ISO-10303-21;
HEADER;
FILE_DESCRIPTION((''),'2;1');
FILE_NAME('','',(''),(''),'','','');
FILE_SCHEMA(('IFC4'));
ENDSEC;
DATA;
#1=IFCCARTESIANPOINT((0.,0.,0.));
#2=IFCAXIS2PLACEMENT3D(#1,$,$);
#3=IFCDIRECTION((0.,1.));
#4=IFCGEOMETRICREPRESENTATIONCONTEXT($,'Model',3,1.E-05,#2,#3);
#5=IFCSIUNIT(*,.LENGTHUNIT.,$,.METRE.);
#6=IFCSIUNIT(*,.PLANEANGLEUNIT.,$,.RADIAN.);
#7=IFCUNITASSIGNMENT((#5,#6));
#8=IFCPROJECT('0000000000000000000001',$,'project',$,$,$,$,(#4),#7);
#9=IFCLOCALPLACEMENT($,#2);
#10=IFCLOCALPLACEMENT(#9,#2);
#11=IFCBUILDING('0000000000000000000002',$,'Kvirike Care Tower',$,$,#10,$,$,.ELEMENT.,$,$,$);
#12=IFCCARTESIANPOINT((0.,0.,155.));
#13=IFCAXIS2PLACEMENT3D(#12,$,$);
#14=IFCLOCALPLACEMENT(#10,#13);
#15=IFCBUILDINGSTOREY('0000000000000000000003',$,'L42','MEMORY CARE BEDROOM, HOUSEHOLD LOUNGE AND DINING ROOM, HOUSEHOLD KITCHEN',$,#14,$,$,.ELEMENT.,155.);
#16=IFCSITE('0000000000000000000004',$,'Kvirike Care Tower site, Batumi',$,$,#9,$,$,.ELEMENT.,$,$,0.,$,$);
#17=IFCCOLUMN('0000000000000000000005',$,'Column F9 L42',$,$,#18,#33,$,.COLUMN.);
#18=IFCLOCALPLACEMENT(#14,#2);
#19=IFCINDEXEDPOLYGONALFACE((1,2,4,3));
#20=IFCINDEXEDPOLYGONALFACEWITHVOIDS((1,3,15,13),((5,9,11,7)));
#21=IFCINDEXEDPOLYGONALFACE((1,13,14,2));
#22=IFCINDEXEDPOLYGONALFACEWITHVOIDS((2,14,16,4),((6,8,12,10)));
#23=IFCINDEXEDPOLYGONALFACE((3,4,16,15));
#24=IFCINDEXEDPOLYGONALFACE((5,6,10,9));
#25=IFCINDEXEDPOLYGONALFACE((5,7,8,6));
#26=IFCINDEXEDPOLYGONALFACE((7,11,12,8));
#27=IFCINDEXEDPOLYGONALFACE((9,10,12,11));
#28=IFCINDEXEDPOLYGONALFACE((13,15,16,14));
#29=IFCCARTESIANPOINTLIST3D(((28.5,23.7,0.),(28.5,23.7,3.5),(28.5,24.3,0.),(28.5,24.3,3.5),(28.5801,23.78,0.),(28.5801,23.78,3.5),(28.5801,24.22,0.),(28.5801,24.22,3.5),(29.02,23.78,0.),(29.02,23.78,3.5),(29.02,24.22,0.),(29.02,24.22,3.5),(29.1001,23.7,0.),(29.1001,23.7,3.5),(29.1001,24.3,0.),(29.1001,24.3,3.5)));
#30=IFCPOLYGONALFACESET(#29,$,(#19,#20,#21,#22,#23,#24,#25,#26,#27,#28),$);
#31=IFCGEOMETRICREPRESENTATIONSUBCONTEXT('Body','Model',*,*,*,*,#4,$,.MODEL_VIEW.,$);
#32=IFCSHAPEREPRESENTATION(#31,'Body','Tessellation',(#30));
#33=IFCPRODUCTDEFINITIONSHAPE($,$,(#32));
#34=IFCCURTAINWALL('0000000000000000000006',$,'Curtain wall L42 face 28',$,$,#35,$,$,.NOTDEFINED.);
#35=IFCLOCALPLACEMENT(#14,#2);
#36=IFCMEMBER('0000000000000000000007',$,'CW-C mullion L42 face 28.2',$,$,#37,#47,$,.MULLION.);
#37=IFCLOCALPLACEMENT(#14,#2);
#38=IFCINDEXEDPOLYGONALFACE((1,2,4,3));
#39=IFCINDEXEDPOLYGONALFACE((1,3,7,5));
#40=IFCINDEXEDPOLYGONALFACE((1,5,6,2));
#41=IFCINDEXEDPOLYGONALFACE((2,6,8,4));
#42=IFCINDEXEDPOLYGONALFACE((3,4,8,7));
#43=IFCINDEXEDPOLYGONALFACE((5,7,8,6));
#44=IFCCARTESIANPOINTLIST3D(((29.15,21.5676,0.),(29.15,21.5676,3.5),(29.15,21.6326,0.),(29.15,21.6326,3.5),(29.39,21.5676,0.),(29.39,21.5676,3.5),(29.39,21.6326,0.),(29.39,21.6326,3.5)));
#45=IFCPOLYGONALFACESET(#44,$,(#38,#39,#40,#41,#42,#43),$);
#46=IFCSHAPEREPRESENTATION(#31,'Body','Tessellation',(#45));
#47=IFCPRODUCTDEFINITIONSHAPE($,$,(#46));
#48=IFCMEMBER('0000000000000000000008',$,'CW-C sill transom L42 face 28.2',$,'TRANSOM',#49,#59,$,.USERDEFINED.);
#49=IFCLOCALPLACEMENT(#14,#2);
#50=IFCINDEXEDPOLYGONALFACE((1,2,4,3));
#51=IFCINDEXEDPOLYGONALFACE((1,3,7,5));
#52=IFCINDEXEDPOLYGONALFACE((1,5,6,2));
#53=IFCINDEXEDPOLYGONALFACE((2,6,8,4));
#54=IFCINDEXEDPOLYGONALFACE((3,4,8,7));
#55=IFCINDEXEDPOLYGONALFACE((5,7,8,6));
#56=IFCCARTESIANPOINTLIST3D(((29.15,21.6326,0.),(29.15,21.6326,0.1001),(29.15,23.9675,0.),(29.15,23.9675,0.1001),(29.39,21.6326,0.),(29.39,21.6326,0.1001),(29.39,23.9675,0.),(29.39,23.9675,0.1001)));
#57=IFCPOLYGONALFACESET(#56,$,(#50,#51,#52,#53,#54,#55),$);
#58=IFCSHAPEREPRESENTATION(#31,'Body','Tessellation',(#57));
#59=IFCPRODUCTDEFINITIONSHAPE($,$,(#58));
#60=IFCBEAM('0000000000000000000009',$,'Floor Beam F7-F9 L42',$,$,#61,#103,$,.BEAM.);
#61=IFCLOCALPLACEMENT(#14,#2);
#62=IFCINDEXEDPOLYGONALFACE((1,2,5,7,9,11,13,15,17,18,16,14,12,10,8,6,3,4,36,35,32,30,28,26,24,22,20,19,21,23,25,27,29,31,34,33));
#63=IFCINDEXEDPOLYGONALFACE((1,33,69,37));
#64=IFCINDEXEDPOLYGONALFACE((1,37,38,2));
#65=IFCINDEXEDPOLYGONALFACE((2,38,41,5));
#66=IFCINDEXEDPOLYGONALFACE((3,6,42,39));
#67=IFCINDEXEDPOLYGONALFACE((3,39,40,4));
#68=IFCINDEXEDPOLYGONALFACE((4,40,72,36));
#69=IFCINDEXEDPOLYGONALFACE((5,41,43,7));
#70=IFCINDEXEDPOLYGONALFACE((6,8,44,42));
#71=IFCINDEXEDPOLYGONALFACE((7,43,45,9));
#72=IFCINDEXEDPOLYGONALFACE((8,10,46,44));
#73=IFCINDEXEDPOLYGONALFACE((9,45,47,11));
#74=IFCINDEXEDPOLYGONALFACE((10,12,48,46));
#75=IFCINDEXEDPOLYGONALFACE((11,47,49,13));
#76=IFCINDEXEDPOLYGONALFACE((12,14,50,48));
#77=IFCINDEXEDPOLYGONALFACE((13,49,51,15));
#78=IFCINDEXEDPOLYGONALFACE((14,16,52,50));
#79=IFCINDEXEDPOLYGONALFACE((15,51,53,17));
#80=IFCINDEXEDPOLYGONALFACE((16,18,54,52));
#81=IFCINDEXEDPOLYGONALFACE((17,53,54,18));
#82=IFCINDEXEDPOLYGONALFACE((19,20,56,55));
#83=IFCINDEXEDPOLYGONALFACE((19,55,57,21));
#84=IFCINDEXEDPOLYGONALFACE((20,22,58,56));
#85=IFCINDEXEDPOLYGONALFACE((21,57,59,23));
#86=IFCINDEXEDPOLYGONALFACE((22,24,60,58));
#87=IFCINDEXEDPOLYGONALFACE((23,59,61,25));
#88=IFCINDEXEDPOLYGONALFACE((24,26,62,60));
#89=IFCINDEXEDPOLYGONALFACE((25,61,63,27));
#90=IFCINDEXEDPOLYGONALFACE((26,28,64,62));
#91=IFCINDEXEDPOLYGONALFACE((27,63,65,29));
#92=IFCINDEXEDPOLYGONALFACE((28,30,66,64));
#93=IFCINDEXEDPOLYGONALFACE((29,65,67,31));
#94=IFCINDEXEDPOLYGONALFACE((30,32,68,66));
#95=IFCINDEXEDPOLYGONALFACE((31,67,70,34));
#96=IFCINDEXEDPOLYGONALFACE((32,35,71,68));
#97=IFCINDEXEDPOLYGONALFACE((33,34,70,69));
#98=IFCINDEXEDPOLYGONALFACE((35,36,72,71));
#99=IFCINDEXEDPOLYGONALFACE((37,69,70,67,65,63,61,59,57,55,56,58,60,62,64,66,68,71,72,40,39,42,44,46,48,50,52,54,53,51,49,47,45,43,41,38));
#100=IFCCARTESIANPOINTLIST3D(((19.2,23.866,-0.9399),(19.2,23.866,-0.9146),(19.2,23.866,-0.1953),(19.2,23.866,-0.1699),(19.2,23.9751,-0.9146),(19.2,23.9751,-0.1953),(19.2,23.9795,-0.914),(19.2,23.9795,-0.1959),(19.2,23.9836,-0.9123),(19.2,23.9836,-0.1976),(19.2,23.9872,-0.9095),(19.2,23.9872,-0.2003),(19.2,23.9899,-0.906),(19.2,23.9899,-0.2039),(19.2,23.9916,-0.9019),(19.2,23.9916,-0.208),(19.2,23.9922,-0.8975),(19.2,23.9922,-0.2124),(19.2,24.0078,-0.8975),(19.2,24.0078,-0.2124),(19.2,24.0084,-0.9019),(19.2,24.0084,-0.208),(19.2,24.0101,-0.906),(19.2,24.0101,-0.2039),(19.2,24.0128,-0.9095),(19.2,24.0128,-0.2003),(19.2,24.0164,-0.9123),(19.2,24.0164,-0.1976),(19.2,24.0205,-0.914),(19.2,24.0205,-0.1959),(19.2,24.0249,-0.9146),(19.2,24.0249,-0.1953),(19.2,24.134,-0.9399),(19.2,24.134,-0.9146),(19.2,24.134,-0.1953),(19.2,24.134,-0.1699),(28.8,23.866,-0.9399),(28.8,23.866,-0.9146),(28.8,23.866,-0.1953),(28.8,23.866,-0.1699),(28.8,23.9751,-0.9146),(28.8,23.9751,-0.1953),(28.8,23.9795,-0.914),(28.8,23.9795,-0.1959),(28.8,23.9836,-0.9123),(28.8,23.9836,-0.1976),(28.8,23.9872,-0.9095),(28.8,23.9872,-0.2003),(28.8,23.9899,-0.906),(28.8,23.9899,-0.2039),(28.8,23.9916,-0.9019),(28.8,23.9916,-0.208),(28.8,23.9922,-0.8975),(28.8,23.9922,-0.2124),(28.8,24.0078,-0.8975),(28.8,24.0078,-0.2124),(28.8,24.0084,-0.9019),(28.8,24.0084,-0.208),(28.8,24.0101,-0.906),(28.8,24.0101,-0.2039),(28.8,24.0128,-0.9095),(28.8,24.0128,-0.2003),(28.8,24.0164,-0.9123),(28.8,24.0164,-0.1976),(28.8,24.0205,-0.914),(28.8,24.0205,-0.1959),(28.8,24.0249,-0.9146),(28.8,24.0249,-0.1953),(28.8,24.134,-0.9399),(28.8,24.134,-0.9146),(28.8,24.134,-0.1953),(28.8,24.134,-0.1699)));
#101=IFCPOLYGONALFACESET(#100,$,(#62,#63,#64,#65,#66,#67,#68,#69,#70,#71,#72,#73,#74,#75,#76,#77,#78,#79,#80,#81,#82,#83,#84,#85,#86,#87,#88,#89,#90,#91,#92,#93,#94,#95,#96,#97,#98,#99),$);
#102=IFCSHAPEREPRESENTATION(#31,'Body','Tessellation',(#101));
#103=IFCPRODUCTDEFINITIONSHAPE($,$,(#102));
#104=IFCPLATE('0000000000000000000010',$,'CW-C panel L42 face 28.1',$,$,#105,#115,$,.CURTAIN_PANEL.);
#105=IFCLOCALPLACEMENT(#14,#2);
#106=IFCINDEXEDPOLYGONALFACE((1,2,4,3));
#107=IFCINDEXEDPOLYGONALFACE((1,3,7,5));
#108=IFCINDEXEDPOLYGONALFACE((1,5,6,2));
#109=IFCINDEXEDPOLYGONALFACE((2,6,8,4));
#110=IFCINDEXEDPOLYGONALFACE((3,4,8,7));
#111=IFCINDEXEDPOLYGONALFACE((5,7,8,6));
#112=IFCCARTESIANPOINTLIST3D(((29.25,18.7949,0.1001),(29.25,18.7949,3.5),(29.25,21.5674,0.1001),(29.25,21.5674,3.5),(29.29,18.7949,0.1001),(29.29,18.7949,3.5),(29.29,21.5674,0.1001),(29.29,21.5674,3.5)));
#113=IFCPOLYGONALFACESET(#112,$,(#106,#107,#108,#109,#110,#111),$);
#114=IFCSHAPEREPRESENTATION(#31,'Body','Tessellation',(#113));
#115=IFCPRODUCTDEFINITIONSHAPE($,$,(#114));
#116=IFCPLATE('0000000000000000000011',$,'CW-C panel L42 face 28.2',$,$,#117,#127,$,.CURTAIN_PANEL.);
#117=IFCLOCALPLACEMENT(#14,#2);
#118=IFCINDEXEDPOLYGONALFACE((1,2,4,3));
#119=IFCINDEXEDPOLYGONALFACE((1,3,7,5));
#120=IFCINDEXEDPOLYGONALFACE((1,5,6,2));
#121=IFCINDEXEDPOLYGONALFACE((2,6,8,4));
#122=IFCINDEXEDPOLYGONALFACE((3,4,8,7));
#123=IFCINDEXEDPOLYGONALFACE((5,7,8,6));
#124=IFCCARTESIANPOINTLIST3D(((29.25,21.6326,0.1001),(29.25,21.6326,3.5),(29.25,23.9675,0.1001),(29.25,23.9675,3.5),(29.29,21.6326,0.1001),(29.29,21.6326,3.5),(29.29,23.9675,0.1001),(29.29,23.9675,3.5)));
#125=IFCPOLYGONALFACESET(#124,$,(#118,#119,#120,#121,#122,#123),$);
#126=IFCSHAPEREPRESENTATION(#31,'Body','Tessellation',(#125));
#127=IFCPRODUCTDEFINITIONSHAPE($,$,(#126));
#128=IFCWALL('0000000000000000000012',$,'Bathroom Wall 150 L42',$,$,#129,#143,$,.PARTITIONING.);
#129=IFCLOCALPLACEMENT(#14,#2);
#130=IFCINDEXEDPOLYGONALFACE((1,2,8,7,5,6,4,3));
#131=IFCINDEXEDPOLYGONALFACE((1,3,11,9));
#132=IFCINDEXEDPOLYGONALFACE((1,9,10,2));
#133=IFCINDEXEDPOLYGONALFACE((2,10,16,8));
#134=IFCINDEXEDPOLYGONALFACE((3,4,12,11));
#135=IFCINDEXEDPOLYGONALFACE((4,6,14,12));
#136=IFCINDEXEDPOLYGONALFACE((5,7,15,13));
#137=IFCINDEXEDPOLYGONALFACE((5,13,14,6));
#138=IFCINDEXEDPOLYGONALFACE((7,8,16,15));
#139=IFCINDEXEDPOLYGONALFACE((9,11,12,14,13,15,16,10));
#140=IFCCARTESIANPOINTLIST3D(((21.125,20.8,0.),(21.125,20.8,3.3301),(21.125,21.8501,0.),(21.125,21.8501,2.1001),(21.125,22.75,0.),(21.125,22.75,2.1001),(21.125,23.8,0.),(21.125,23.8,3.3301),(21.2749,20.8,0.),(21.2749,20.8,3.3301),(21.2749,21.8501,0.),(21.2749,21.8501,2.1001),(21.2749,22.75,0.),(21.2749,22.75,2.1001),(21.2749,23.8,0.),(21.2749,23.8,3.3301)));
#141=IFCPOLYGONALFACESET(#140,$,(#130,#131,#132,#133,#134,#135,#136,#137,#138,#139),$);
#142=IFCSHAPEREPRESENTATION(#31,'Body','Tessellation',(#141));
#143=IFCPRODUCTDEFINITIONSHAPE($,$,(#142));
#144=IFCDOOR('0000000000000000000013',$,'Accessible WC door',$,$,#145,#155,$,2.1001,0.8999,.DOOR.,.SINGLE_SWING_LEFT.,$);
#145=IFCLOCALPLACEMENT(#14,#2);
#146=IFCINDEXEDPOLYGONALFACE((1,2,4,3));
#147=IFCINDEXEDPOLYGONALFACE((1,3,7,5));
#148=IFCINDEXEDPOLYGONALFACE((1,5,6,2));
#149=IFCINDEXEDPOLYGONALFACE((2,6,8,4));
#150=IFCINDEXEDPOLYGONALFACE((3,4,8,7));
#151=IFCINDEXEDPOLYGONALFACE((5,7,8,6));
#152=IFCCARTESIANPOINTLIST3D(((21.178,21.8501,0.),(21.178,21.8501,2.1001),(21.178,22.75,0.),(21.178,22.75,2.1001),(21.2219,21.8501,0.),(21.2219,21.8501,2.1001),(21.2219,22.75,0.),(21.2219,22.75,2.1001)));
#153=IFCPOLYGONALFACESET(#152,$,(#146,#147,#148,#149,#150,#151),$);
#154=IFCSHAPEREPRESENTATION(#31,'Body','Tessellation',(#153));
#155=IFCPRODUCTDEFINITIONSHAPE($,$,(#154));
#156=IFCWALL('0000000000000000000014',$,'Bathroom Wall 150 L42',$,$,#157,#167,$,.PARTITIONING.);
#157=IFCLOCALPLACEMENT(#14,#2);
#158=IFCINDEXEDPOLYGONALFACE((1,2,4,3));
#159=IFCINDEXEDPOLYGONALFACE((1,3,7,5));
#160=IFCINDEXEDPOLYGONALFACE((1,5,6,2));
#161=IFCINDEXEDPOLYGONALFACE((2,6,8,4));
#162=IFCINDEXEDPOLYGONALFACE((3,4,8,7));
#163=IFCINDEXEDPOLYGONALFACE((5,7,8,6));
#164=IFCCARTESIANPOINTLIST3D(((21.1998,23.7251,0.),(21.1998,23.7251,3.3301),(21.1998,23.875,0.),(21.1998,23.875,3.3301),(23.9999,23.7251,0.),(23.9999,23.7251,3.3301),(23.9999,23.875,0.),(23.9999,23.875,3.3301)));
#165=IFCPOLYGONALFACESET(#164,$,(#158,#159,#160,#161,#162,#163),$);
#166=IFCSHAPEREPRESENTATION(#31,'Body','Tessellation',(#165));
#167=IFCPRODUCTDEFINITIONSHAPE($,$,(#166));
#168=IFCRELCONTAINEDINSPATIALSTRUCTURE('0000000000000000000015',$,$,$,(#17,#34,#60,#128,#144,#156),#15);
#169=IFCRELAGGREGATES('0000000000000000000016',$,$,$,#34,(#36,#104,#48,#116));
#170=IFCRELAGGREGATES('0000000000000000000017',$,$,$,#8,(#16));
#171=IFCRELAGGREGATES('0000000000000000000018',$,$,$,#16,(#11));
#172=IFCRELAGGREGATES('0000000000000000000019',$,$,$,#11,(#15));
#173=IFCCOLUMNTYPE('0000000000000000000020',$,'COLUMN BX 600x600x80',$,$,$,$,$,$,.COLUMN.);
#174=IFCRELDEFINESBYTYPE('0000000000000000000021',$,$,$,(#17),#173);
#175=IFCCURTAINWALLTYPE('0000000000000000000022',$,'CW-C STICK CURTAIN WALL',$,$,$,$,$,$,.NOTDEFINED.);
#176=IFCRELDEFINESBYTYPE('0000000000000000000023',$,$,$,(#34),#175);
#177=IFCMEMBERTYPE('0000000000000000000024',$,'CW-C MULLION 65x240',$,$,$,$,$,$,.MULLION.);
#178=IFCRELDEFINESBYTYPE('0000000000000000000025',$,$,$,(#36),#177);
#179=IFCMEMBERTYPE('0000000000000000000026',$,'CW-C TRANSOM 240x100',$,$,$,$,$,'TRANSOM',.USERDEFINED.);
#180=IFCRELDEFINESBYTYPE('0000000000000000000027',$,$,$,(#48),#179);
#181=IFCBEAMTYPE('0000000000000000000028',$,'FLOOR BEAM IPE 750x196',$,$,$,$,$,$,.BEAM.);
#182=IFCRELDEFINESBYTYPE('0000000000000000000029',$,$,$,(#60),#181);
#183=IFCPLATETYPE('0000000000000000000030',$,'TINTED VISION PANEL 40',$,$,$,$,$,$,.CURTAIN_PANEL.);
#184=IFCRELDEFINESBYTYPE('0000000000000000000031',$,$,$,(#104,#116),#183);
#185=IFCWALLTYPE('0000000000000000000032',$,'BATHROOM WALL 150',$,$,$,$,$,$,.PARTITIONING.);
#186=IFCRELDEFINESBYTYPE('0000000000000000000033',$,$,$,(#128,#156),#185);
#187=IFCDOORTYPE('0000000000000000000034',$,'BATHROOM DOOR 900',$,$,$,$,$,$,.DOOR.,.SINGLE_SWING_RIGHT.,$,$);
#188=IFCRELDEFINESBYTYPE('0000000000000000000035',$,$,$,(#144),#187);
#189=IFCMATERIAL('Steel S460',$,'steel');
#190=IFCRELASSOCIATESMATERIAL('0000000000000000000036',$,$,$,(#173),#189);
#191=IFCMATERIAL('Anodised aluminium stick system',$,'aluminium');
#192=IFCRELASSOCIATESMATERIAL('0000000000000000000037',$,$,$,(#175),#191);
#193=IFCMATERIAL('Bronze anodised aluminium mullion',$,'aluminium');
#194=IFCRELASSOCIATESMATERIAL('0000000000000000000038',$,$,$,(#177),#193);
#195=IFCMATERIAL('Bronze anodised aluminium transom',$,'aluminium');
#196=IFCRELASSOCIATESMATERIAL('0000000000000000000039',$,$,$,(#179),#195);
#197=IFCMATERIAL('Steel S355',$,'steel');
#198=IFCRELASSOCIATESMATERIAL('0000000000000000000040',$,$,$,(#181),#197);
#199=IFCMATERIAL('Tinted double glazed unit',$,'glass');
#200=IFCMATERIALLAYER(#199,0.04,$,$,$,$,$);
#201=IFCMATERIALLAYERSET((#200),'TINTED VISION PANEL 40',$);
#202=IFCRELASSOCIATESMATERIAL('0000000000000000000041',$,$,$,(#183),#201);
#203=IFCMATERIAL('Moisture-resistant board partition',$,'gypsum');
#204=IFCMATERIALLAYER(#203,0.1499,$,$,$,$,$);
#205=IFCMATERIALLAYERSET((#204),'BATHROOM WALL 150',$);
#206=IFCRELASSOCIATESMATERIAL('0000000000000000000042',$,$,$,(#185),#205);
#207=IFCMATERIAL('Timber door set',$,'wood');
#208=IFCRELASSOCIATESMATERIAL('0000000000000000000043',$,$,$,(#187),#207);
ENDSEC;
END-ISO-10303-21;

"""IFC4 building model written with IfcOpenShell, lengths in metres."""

from ifc_helpers import new_model, si_unit, direction, frame, frame_2d, origin, origin_2d, place, context, subcontext, project, spatial, rectangle, hollow_rectangle, i_section, extrude, material, layer, layer_set, material_profile, profile_set, type_object, element, fill, aggregate, save


model = new_model("IFC4")

# Units and contexts
model_context = context("Model", 3, precision=1e-05, world=origin(), true_north=direction((0.0, 1.0)))
body_context = subcontext(model_context, "Body", "Model", "MODEL_VIEW")
ifc_project = project(units=[si_unit("LENGTHUNIT", "METRE"), si_unit("PLANEANGLEUNIT", "RADIAN")], contexts=[model_context])

# Site, building, storey
site_placement = place(None, origin())
site = spatial("IfcSite", under=ifc_project, at=site_placement, Name="Kvirike Care Tower site, Batumi", CompositionType="ELEMENT", RefElevation=0.0)
building_placement = place(site_placement, origin())
building = spatial("IfcBuilding", under=site, at=building_placement, Name="Kvirike Care Tower", CompositionType="ELEMENT")
storey_placement = place(building_placement, frame((0.0, 0.0, 155.0)))
storey = spatial("IfcBuildingStorey", under=building, at=storey_placement, Name="L42", Description="MEMORY CARE BEDROOM, HOUSEHOLD LOUNGE AND DINING ROOM, HOUSEHOLD KITCHEN", CompositionType="ELEMENT", Elevation=155.0)

# Column
ifc_material_1 = material(Name="Steel S460", Category="steel")
ifc_material_profile_1 = material_profile(ifc_material_1, hollow_rectangle(XDim=0.6001, YDim=0.6001, WallThickness=0.0801, at=origin_2d()), Name="BX 600x600x80")
ifc_profile_set_1 = profile_set([ifc_material_profile_1], Name="Steel S460")
column_type = type_object("IfcColumnType", Name="COLUMN BX 600x600x80", PredefinedType="COLUMN", material=ifc_profile_set_1)
column_placement = place(storey_placement, frame((28.8, 24.0, 0.0), z_axis=(0.0, 0.0, 1.0), x_axis=(1.0, 0.0, 0.0)))
element("IfcColumn", 1, at=column_placement, inside=storey, type_object=column_type, Name="Column F9 L42", PredefinedType="COLUMN", context=body_context, shape_type="SweptSolid", body=[
    extrude(hollow_rectangle(XDim=0.6001, YDim=0.6001, WallThickness=0.0801, at=origin_2d()), origin(), (0.0, 0.0, 1.0), 3.5),
])

# Curtain wall, members
ifc_material_2 = material(Name="Anodised aluminium stick system", Category="aluminium")
curtain_wall_type = type_object("IfcCurtainWallType", Name="CW-C STICK CURTAIN WALL", PredefinedType="NOTDEFINED", material=ifc_material_2)
curtain_wall_placement = place(storey_placement, origin())
curtain_wall = element("IfcCurtainWall", 2, at=curtain_wall_placement, inside=storey, type_object=curtain_wall_type, Name="Curtain wall L42 face 28", PredefinedType="NOTDEFINED")
ifc_material_3 = material(Name="Bronze anodised aluminium mullion", Category="aluminium")
ifc_material_profile_2 = material_profile(ifc_material_3, rectangle(XDim=0.0649, YDim=0.24, at=origin_2d()), Name="CW-C MULLION 65x240")
ifc_profile_set_2 = profile_set([ifc_material_profile_2], Name="Bronze anodised aluminium mullion")
member_type_1 = type_object("IfcMemberType", Name="CW-C MULLION 65x240", PredefinedType="MULLION", material=ifc_profile_set_2)
member_1_placement = place(storey_placement, frame((29.27, 21.6001, 0.0), z_axis=(0.0, 0.0, 1.0), x_axis=(0.0, 1.0, 0.0)))
member_1 = element("IfcMember", 3, at=member_1_placement, type_object=member_type_1, Name="CW-C mullion L42 face 28.2", PredefinedType="MULLION", context=body_context, shape_type="SweptSolid", body=[
    extrude(rectangle(XDim=0.0649, YDim=0.24, at=origin_2d()), origin(), (0.0, 0.0, 1.0), 3.5),
])
ifc_material_4 = material(Name="Bronze anodised aluminium transom", Category="aluminium")
ifc_material_profile_3 = material_profile(ifc_material_4, rectangle(XDim=0.24, YDim=0.1001, at=origin_2d()), Name="CW-C TRANSOM 240x100")
ifc_profile_set_3 = profile_set([ifc_material_profile_3], Name="Bronze anodised aluminium transom")
member_type_2 = type_object("IfcMemberType", Name="CW-C TRANSOM 240x100", ElementType="TRANSOM", PredefinedType="USERDEFINED", material=ifc_profile_set_3)
member_2_placement = place(storey_placement, frame((29.27, 21.6326, 0.05), z_axis=(0.0, 1.0, 0.0), x_axis=(-1.0, 0.0, 0.0)))
member_2 = element("IfcMember", 4, at=member_2_placement, type_object=member_type_2, Name="CW-C sill transom L42 face 28.2", ObjectType="TRANSOM", PredefinedType="USERDEFINED", context=body_context, shape_type="SweptSolid", body=[
    extrude(rectangle(XDim=0.24, YDim=0.1001, at=origin_2d()), origin(), (0.0, 0.0, 1.0), 2.335),
])

# Beam
ifc_material_5 = material(Name="Steel S355", Category="steel")
ifc_material_profile_4 = material_profile(ifc_material_5, i_section(OverallWidth=0.2681, OverallDepth=0.77, WebThickness=0.0156, FlangeThickness=0.0254, FilletRadius=0.0171, at=origin_2d()), Name="IPE 750x196")
ifc_profile_set_4 = profile_set([ifc_material_profile_4], Name="Steel S355")
beam_type = type_object("IfcBeamType", Name="FLOOR BEAM IPE 750x196", PredefinedType="BEAM", material=ifc_profile_set_4)
beam_placement = place(storey_placement, frame((19.2, 24.0, -0.5549), z_axis=(1.0, 0.0, 0.0), x_axis=(0.0, 1.0, 0.0)))
element("IfcBeam", 5, at=beam_placement, inside=storey, type_object=beam_type, Name="Floor Beam F7-F9 L42", PredefinedType="BEAM", context=body_context, shape_type="SweptSolid", body=[
    extrude(i_section(OverallWidth=0.2681, OverallDepth=0.77, WebThickness=0.0156, FlangeThickness=0.0254, FilletRadius=0.0171, at=origin_2d()), origin(), (0.0, 0.0, 1.0), 9.6001),
])

# Plates
ifc_material_6 = material(Name="Tinted double glazed unit", Category="glass")
ifc_layer_1 = layer(ifc_material_6, 0.04)
ifc_layer_set_1 = layer_set([ifc_layer_1], Name="TINTED VISION PANEL 40")
plate_type = type_object("IfcPlateType", Name="TINTED VISION PANEL 40", PredefinedType="CURTAIN_PANEL", material=ifc_layer_set_1)
plate_1_placement = place(storey_placement, frame((29.27, 20.1812, 0.1001), z_axis=(0.0, 0.0, 1.0), x_axis=(0.0, 1.0, 0.0)))
plate_1 = element("IfcPlate", 6, at=plate_1_placement, type_object=plate_type, Name="CW-C panel L42 face 28.1", PredefinedType="CURTAIN_PANEL", context=body_context, shape_type="SweptSolid", body=[
    extrude(rectangle(XDim=2.7725, YDim=0.04, at=origin_2d()), origin(), (0.0, 0.0, 1.0), 3.3999),
])
plate_2_placement = place(storey_placement, frame((29.27, 22.8, 0.1001), z_axis=(0.0, 0.0, 1.0), x_axis=(0.0, 1.0, 0.0)))
plate_2 = element("IfcPlate", 7, at=plate_2_placement, type_object=plate_type, Name="CW-C panel L42 face 28.2", PredefinedType="CURTAIN_PANEL", context=body_context, shape_type="SweptSolid", body=[
    extrude(rectangle(XDim=2.335, YDim=0.04, at=origin_2d()), origin(), (0.0, 0.0, 1.0), 3.3999),
])
aggregate(curtain_wall, [member_1, plate_1, member_2, plate_2])

# Wall, opening, door
ifc_material_7 = material(Name="Moisture-resistant board partition", Category="gypsum")
ifc_layer_2 = layer(ifc_material_7, 0.1499)
ifc_layer_set_2 = layer_set([ifc_layer_2], Name="BATHROOM WALL 150")
wall_type_1 = type_object("IfcWallType", Name="BATHROOM WALL 150", PredefinedType="PARTITIONING", material=ifc_layer_set_2)
wall_1_placement = place(storey_placement, frame((21.2, 20.8, 0.0), z_axis=(0.0, 0.0, 1.0), x_axis=(0.0, 1.0, 0.0)))
wall_1 = element("IfcWall", 8, at=wall_1_placement, inside=storey, type_object=wall_type_1, Name="Bathroom Wall 150 L42", PredefinedType="PARTITIONING", context=body_context, shape_type="SweptSolid", body=[
    extrude(rectangle(XDim=3.0, YDim=0.1499, at=frame_2d((1.5, 0.0))), origin(), (0.0, 0.0, 1.0), 3.3301),
])
opening_1_placement = place(wall_1_placement, frame((1.05, 0.0, 0.0)))
opening_1 = element("IfcOpeningElement", 9, at=opening_1_placement, cuts=wall_1, PredefinedType="OPENING", context=body_context, shape_type="SweptSolid", body=[
    extrude(rectangle(XDim=0.8999, YDim=2.1001, at=frame_2d((0.45, 1.05))), frame((0.0, 0.0854, 0.0), z_axis=(0.0, -1.0, 0.0), x_axis=(1.0, 0.0, 0.0)), (0.0, 0.0, 1.0), 0.1709),
])
ifc_material_8 = material(Name="Timber door set", Category="wood")
door_type_1 = type_object("IfcDoorType", Name="BATHROOM DOOR 900", OperationType="SINGLE_SWING_RIGHT", PredefinedType="DOOR", material=ifc_material_8)
door_1_placement = place(opening_1_placement, frame((0.8999, 0.0, 0.0), z_axis=(0.0, 0.0, 1.0), x_axis=(-1.0, 0.0, 0.0)))
door_1 = element("IfcDoor", 10, at=door_1_placement, inside=storey, type_object=door_type_1, Name="Accessible WC door", OperationType="SINGLE_SWING_LEFT", OverallHeight=2.1001, OverallWidth=0.8999, PredefinedType="DOOR", context=body_context, shape_type="SweptSolid", body=[
    extrude(rectangle(XDim=0.8999, YDim=2.1001, at=frame_2d((0.45, 1.05))), frame((0.0, 0.022, 0.0), z_axis=(0.0, -1.0, 0.0), x_axis=(1.0, 0.0, 0.0)), (0.0, 0.0, 1.0), 0.0439),
])
fill(opening_1, door_1)

# Wall
wall_2_placement = place(storey_placement, frame((21.2, 23.8, 0.0), z_axis=(0.0, 0.0, 1.0), x_axis=(1.0, 0.0, 0.0)))
element("IfcWall", 11, at=wall_2_placement, inside=storey, type_object=wall_type_1, Name="Bathroom Wall 150 L42", PredefinedType="PARTITIONING", context=body_context, shape_type="SweptSolid", body=[
    extrude(rectangle(XDim=2.8, YDim=0.1499, at=frame_2d((1.3999, 0.0))), origin(), (0.0, 0.0, 1.0), 3.3301),
])

save(model, "model.ifc")
